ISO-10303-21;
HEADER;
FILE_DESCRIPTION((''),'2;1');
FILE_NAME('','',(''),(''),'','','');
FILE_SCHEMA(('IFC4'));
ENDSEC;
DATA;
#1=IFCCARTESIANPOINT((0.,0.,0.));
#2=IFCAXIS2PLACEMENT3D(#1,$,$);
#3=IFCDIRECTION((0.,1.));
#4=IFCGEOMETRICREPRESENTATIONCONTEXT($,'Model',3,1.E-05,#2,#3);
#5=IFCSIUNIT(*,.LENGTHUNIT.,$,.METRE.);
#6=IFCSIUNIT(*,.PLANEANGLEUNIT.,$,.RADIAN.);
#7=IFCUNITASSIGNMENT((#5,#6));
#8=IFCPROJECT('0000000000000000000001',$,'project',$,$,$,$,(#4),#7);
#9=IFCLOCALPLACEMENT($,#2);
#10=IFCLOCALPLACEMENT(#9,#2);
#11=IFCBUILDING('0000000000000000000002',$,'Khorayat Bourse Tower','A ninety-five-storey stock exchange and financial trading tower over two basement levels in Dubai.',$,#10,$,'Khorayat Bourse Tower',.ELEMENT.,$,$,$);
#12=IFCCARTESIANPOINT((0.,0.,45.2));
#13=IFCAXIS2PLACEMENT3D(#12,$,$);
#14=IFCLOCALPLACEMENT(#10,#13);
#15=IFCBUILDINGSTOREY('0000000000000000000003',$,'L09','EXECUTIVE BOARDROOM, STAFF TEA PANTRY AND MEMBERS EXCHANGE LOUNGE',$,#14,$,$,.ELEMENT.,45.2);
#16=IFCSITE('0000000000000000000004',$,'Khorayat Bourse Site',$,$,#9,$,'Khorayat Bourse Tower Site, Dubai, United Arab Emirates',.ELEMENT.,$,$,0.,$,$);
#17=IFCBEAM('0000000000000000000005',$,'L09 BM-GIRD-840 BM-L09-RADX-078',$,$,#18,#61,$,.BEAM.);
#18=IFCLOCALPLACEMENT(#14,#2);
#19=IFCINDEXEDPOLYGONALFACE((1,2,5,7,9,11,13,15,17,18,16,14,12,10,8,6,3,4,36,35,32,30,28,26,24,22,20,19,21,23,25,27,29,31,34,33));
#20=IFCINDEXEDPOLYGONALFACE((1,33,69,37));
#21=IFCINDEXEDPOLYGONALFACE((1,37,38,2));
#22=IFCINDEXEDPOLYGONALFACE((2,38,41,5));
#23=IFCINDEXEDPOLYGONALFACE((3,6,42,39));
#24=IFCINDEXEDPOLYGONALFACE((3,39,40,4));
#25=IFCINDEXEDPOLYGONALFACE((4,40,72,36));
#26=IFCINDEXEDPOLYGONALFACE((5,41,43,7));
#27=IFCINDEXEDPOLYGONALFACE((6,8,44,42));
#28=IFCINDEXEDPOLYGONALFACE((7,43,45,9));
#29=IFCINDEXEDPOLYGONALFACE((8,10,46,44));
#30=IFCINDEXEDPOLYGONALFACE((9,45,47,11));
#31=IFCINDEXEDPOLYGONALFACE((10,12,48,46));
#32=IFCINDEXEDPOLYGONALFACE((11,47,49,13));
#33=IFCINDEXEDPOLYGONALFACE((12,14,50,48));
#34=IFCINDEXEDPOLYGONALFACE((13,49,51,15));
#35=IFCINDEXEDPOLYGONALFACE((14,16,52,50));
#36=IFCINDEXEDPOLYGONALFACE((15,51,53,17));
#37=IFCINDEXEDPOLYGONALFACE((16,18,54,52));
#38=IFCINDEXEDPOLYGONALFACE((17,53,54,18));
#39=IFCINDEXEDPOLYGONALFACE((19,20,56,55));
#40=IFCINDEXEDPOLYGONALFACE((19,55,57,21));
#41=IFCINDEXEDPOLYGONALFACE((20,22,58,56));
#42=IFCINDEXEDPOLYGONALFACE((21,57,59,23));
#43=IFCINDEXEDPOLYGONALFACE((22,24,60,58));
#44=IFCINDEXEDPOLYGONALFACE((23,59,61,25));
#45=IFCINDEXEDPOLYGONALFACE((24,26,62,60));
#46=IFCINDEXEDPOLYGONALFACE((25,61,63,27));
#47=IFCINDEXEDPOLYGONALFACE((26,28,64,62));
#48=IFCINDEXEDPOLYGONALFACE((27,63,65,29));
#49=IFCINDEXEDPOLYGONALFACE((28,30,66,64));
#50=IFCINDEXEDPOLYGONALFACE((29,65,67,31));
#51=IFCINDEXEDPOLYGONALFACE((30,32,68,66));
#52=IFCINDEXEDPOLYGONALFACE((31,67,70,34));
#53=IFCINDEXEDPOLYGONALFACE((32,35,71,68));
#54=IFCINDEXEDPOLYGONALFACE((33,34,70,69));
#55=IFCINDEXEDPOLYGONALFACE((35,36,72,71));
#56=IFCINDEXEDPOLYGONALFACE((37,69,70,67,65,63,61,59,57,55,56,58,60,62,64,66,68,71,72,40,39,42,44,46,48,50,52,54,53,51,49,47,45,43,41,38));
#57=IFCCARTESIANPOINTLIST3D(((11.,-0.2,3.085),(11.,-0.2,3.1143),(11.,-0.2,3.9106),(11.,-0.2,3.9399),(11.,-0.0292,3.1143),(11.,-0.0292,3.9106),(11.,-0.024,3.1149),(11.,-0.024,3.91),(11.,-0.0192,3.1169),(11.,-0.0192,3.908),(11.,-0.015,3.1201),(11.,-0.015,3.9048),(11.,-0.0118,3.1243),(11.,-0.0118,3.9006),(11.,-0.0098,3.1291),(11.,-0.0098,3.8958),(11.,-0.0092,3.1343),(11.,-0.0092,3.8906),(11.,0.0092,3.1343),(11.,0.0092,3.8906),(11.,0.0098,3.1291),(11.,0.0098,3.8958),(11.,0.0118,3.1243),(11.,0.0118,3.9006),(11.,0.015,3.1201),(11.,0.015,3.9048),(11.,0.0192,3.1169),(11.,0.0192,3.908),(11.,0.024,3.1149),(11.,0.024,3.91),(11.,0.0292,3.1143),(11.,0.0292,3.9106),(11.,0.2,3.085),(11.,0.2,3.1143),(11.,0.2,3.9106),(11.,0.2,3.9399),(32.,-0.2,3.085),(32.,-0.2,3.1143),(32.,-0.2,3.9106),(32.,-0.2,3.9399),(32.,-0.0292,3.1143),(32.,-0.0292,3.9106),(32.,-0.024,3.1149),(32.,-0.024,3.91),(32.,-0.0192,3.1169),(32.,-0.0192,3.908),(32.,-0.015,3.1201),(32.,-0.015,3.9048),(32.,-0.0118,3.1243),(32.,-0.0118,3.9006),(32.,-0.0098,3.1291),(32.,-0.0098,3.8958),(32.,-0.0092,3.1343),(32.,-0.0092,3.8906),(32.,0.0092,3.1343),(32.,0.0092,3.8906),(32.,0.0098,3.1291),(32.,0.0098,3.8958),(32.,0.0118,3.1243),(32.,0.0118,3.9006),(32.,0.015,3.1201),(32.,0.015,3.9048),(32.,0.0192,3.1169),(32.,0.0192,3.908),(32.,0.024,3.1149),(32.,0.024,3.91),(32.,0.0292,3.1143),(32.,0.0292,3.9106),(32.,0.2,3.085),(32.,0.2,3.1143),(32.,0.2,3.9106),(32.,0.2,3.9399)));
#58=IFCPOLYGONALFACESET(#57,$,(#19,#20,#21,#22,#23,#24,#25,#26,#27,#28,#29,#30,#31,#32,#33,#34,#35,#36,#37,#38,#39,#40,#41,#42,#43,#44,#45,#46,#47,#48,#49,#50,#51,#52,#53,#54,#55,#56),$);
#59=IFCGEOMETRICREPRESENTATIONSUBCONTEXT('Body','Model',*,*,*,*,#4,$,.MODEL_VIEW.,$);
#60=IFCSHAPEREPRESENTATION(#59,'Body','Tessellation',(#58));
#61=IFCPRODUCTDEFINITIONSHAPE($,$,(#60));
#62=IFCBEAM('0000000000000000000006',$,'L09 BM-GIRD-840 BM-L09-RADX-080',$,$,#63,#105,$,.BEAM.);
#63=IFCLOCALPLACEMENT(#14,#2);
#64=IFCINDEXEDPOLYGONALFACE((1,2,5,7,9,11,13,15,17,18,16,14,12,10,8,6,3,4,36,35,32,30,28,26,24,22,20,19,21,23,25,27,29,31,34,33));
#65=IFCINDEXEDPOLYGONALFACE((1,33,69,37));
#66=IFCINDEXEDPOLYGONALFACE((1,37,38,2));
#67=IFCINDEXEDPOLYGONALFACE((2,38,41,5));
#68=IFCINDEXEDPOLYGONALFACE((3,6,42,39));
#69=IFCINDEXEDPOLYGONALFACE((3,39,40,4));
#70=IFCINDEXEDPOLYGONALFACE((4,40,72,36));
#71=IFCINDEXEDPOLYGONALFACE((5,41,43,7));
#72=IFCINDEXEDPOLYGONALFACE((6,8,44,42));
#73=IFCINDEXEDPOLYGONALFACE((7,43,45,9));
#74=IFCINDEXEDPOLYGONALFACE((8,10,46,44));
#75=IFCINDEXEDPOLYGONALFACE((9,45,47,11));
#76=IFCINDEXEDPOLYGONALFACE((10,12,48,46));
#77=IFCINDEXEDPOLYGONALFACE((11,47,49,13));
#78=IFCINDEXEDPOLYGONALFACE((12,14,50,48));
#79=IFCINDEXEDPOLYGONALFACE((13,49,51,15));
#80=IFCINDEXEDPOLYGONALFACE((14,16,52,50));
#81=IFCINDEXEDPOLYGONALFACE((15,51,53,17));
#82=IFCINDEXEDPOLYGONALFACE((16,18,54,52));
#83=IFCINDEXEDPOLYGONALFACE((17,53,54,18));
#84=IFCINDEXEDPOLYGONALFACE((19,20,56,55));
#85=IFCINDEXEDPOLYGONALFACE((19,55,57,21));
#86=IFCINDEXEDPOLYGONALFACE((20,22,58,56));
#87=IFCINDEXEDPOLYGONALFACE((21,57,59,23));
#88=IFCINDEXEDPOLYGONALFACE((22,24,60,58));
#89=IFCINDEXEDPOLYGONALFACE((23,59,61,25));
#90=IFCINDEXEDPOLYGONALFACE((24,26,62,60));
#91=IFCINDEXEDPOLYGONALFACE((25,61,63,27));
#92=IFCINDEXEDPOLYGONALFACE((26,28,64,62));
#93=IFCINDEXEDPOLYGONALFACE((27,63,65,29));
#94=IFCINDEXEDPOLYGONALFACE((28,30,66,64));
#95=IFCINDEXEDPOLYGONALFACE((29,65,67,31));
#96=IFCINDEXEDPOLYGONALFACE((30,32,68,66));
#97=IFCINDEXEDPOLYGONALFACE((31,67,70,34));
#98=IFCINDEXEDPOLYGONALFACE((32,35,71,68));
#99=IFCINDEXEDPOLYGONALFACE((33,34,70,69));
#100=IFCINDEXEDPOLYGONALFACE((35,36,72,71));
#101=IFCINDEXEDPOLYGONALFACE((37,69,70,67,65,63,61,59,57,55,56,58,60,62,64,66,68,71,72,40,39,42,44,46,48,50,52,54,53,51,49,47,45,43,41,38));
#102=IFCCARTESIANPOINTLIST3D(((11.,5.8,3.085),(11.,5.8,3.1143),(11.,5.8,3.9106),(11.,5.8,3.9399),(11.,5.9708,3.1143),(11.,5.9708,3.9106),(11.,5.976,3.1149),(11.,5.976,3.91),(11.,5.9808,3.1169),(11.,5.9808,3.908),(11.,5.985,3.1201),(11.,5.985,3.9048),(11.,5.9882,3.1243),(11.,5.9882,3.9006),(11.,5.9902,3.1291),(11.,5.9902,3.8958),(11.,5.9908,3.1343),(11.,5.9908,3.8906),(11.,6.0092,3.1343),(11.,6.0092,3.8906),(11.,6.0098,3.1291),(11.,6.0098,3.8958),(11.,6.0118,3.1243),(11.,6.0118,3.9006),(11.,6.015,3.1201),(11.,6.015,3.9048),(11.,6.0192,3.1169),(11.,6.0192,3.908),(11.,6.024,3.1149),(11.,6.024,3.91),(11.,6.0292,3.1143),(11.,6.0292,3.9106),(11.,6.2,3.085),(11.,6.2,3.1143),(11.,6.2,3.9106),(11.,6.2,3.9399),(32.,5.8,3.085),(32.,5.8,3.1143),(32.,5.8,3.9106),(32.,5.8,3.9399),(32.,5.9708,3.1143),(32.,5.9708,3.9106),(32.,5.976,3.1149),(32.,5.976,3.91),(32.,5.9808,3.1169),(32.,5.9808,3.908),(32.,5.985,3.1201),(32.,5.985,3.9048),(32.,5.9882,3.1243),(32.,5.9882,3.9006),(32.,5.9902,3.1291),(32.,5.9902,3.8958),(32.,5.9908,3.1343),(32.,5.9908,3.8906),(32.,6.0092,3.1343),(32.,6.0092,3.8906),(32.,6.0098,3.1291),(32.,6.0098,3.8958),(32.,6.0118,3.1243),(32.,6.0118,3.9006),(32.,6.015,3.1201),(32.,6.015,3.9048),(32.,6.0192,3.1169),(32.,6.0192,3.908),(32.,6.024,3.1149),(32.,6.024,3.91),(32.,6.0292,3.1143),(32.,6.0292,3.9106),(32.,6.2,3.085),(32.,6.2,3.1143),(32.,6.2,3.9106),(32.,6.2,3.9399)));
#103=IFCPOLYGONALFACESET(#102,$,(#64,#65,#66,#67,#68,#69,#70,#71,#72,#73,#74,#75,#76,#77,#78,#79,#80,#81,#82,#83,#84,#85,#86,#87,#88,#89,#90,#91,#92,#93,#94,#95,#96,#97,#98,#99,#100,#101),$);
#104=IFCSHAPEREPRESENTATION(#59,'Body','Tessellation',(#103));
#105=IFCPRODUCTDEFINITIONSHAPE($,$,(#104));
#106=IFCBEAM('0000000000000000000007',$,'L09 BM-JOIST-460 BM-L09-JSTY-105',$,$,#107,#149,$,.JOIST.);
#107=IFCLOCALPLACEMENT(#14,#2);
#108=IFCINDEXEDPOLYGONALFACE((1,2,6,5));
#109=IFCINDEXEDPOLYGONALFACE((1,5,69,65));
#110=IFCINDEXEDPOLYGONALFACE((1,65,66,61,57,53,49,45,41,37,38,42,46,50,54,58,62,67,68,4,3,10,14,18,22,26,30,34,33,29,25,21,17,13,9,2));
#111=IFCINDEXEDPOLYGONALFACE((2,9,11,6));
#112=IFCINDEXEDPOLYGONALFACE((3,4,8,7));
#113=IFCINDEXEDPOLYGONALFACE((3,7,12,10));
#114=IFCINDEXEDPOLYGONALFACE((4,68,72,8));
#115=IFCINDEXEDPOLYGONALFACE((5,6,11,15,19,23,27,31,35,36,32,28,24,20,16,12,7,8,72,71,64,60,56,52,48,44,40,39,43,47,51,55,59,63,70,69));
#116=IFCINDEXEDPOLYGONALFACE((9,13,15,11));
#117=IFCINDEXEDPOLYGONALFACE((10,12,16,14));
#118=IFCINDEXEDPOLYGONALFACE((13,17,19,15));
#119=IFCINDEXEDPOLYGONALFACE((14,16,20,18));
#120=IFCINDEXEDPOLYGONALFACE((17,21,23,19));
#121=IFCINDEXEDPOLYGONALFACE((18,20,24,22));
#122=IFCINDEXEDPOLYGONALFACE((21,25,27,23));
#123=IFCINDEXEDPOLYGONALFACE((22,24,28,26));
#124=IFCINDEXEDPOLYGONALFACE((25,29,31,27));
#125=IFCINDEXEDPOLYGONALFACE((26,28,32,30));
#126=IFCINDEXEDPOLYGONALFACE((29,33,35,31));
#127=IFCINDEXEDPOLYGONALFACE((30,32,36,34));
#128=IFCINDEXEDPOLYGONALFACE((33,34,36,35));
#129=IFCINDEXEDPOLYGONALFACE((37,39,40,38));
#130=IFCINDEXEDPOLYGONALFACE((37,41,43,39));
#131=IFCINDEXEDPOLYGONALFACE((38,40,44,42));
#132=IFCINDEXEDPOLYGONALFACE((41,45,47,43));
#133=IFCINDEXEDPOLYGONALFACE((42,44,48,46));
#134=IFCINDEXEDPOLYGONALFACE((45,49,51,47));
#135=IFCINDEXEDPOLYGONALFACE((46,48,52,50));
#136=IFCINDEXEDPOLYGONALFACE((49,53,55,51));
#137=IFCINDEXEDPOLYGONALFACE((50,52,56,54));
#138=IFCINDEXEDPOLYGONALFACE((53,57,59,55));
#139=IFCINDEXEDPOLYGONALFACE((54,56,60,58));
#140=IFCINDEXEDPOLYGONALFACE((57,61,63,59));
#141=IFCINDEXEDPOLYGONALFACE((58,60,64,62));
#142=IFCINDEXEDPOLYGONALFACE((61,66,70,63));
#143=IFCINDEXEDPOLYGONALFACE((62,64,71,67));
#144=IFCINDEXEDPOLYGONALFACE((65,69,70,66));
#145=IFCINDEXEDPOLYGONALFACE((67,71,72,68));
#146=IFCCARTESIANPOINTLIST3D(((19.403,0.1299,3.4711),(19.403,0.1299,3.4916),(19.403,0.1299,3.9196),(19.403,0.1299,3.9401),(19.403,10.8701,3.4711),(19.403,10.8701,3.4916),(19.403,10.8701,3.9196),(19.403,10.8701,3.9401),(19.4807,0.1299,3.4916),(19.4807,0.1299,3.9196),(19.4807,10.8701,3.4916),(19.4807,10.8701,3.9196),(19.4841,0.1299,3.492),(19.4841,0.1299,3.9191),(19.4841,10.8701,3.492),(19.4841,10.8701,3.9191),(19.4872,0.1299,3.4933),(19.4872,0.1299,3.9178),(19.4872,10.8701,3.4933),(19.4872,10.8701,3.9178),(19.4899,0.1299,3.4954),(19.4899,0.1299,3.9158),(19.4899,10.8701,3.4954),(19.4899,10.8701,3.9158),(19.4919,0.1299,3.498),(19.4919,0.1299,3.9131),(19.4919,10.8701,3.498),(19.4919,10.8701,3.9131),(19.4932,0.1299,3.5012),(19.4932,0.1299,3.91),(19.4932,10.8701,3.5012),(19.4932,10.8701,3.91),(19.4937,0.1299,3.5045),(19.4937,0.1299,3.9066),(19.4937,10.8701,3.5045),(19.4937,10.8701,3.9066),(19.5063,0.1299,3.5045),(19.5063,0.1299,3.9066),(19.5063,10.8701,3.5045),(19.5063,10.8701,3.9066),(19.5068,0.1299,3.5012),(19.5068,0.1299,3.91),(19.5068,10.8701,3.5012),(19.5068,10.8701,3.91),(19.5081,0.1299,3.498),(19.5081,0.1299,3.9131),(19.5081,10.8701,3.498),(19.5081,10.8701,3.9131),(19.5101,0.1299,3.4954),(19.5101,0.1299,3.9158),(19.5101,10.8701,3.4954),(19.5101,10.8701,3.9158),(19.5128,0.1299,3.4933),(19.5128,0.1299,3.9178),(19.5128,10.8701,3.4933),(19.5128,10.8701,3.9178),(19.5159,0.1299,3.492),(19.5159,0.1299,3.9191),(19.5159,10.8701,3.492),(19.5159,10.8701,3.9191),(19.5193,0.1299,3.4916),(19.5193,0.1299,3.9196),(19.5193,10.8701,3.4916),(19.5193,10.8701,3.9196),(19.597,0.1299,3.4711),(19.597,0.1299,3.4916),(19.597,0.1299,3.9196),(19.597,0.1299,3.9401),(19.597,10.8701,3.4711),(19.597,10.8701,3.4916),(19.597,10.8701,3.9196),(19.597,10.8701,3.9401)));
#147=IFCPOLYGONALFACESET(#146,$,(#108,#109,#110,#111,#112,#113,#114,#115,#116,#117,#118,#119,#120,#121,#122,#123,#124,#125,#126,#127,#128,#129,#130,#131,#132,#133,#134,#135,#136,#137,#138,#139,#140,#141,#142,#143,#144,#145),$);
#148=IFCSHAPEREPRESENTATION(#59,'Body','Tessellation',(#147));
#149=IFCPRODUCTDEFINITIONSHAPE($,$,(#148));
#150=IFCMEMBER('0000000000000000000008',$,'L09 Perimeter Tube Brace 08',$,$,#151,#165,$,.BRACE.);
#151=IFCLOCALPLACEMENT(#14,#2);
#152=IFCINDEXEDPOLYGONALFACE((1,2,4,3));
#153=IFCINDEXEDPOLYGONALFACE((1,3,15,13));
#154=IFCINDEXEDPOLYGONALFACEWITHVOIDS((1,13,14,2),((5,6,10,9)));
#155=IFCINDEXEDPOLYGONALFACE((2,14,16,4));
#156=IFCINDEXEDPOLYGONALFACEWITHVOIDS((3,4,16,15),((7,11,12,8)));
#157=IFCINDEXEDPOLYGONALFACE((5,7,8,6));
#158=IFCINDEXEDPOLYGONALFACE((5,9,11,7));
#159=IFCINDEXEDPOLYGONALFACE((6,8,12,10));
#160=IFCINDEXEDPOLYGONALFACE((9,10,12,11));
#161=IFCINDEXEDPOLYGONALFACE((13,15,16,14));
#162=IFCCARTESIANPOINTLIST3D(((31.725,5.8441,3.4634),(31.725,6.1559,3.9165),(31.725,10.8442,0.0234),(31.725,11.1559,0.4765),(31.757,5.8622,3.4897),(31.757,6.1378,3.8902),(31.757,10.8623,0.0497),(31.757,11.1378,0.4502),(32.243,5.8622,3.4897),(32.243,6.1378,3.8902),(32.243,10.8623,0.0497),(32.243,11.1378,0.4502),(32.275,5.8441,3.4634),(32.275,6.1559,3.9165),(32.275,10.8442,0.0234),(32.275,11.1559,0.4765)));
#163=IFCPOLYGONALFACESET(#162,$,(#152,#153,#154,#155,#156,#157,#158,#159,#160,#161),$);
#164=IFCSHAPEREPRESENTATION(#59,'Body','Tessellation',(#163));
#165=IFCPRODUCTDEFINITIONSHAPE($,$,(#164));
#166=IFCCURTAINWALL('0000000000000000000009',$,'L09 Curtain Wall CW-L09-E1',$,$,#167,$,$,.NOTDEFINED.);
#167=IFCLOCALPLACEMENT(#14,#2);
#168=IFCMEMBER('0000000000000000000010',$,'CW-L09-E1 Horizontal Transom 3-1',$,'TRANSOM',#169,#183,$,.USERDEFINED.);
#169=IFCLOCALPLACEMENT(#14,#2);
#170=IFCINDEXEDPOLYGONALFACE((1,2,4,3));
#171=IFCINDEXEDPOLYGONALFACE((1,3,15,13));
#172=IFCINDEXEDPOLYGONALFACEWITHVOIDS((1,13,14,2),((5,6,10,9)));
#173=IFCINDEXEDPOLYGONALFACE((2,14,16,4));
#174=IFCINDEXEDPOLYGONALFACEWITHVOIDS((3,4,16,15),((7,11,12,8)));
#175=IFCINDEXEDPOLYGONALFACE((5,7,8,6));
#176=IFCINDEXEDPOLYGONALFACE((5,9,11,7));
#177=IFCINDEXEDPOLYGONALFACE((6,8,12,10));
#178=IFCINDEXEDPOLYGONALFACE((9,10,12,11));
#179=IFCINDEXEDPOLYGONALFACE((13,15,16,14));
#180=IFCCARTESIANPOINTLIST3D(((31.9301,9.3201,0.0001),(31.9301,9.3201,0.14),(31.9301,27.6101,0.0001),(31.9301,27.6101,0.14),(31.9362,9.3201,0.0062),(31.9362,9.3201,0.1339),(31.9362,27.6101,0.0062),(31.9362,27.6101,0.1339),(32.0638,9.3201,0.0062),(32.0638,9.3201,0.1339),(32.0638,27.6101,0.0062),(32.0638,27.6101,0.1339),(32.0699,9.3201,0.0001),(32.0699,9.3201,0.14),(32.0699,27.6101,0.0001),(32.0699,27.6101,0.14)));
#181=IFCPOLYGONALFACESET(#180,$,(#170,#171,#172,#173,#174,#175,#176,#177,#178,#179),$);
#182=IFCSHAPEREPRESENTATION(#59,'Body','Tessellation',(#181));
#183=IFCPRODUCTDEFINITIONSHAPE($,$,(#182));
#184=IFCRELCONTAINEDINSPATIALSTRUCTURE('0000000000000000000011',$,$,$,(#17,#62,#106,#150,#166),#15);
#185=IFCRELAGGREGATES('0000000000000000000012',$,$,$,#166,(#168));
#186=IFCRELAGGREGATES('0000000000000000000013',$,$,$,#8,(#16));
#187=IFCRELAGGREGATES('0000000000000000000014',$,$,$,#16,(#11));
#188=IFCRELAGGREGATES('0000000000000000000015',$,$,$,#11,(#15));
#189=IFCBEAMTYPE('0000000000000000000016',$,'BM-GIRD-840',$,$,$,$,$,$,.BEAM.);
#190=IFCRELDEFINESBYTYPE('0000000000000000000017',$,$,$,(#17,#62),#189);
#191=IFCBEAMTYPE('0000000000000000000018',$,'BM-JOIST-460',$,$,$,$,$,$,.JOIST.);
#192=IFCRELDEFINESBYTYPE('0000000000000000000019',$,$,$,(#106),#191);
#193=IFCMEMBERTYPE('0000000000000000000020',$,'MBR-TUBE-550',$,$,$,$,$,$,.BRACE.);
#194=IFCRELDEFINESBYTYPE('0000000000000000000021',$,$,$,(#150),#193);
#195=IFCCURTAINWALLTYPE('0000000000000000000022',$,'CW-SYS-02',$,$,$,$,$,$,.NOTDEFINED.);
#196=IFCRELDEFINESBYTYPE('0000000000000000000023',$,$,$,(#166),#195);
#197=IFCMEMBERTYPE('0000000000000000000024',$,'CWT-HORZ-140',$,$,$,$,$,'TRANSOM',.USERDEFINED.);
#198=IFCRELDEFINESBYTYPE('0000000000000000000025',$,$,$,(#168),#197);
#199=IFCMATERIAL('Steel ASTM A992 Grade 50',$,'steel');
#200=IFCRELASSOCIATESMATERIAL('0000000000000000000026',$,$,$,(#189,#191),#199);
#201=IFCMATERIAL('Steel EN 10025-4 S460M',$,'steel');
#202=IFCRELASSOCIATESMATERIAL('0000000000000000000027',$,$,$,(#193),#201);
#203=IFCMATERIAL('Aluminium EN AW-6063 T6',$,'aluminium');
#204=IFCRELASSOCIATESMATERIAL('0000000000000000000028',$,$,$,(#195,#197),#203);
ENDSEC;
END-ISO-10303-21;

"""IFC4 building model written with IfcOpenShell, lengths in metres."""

from ifc_helpers import new_model, si_unit, direction, frame, origin, origin_2d, place, context, subcontext, project, spatial, hollow_rectangle, i_section, extrude, source, transform, mapped, material, material_profile, profile_set, type_object, element, aggregate, save


model = new_model("IFC4")

# Units and contexts
model_context = context("Model", 3, precision=1e-05, world=origin(), true_north=direction((0.0, 1.0)))
body_context = subcontext(model_context, "Body", "Model", "MODEL_VIEW")
ifc_project = project(units=[si_unit("LENGTHUNIT", "METRE"), si_unit("PLANEANGLEUNIT", "RADIAN")], contexts=[model_context])

# Site, building, storey
site_placement = place(None, origin())
site = spatial("IfcSite", under=ifc_project, at=site_placement, Name="Khorayat Bourse Site", LongName="Khorayat Bourse Tower Site, Dubai, United Arab Emirates", CompositionType="ELEMENT", RefElevation=0.0)
building_placement = place(site_placement, origin())
building = spatial("IfcBuilding", under=site, at=building_placement, Name="Khorayat Bourse Tower", Description="A ninety-five-storey stock exchange and financial trading tower over two basement levels in Dubai.", LongName="Khorayat Bourse Tower", CompositionType="ELEMENT")
storey_placement = place(building_placement, frame((0.0, 0.0, 45.2)))
storey = spatial("IfcBuildingStorey", under=building, at=storey_placement, Name="L09", Description="EXECUTIVE BOARDROOM, STAFF TEA PANTRY AND MEMBERS EXCHANGE LOUNGE", CompositionType="ELEMENT", Elevation=45.2)

# Shared definitions
ifc_material_1 = material(Name="Steel EN 10025-4 S460M", Category="steel")

# Beams
ifc_material_2 = material(Name="Steel ASTM A992 Grade 50", Category="steel")
ifc_material_profile_1 = material_profile(ifc_material_2, i_section(OverallWidth=0.3999, OverallDepth=0.855, WebThickness=0.0183, FlangeThickness=0.0293, FilletRadius=0.02, at=origin_2d()), Name="W840X299")
ifc_profile_set_1 = profile_set([ifc_material_profile_1], Name="Steel ASTM A992 Grade 50")
beam_type_1 = type_object("IfcBeamType", Name="BM-GIRD-840", PredefinedType="BEAM", material=ifc_profile_set_1)
shared_shape_1 = source(origin(), body_context, "Body", "SweptSolid", [
    extrude(i_section(OverallWidth=0.3999, OverallDepth=0.855, WebThickness=0.0183, FlangeThickness=0.0293, FilletRadius=0.02, at=origin_2d()), origin(), (0.0, 0.0, 1.0), 21.0),
])
for number, where, z_axis, x_axis, name in (
    (1, (11.0, 0.0, 3.5125), (1.0, 0.0, 0.0), (0.0, 1.0, 0.0), "L09 BM-GIRD-840 BM-L09-RADX-078"),
    (2, (11.0, 6.0, 3.5125), (1.0, 0.0, 0.0), (0.0, 1.0, 0.0), "L09 BM-GIRD-840 BM-L09-RADX-080"),
):
    element("IfcBeam", number, at=place(storey_placement, frame(where, z_axis=z_axis, x_axis=x_axis)), inside=storey, type_object=beam_type_1, Name=name, PredefinedType="BEAM", context=body_context, shape_type="MappedRepresentation", body=[
        mapped(shared_shape_1, transform((0.0, 0.0, 0.0), scale=1.0)),
    ])
ifc_material_profile_2 = material_profile(ifc_material_2, i_section(OverallWidth=0.1941, OverallDepth=0.469, WebThickness=0.0127, FlangeThickness=0.0205, FilletRadius=0.0129, at=origin_2d()), Name="W460X106")
ifc_profile_set_2 = profile_set([ifc_material_profile_2], Name="Steel ASTM A992 Grade 50")
beam_type_2 = type_object("IfcBeamType", Name="BM-JOIST-460", PredefinedType="JOIST", material=ifc_profile_set_2)
shared_shape_2 = source(origin(), body_context, "Body", "SweptSolid", [
    extrude(i_section(OverallWidth=0.1941, OverallDepth=0.469, WebThickness=0.0127, FlangeThickness=0.0205, FilletRadius=0.0129, at=origin_2d()), origin(), (0.0, 0.0, 1.0), 10.7402),
])
beam_1_placement = place(storey_placement, frame((19.5, 0.1299, 3.7056), z_axis=(0.0, 1.0, 0.0), x_axis=(-1.0, 0.0, 0.0)))
element("IfcBeam", 3, at=beam_1_placement, inside=storey, type_object=beam_type_2, Name="L09 BM-JOIST-460 BM-L09-JSTY-105", PredefinedType="JOIST", context=body_context, shape_type="MappedRepresentation", body=[
    mapped(shared_shape_2, transform((0.0, 0.0, 0.0), scale=1.0)),
])

# Member
ifc_material_profile_3 = material_profile(ifc_material_1, hollow_rectangle(XDim=0.55, YDim=0.55, WallThickness=0.032, at=origin_2d()), Name="HSS 550x550x32")
ifc_profile_set_3 = profile_set([ifc_material_profile_3], Name="Steel EN 10025-4 S460M")
member_type_1 = type_object("IfcMemberType", Name="MBR-TUBE-550", PredefinedType="BRACE", material=ifc_profile_set_3)
shared_shape_3 = source(origin(), body_context, "Body", "SweptSolid", [
    extrude(hollow_rectangle(XDim=0.55, YDim=0.55, WallThickness=0.032, at=origin_2d()), origin(), (0.0, 0.0, 1.0), 6.0691),
])
member_1_placement = place(storey_placement, frame((32.0, 6.0, 3.6899), z_axis=(0.0, 0.823854, -0.566802), x_axis=(-1.0, 0.0, 0.0)))
element("IfcMember", 4, at=member_1_placement, inside=storey, type_object=member_type_1, Name="L09 Perimeter Tube Brace 08", PredefinedType="BRACE", context=body_context, shape_type="MappedRepresentation", body=[
    mapped(shared_shape_3, transform((0.0, 0.0, 0.0), scale=1.0)),
])

# Curtain wall, member
ifc_material_3 = material(Name="Aluminium EN AW-6063 T6", Category="aluminium")
curtain_wall_type = type_object("IfcCurtainWallType", Name="CW-SYS-02", PredefinedType="NOTDEFINED", material=ifc_material_3)
curtain_wall_placement = place(storey_placement, origin())
curtain_wall = element("IfcCurtainWall", 5, at=curtain_wall_placement, inside=storey, type_object=curtain_wall_type, Name="L09 Curtain Wall CW-L09-E1", PredefinedType="NOTDEFINED")
ifc_material_profile_4 = material_profile(ifc_material_3, hollow_rectangle(XDim=0.1399, YDim=0.1399, WallThickness=0.0061, at=origin_2d()), Name="ALU 140x140x6")
ifc_profile_set_4 = profile_set([ifc_material_profile_4], Name="Aluminium EN AW-6063 T6")
member_type_2 = type_object("IfcMemberType", Name="CWT-HORZ-140", ElementType="TRANSOM", PredefinedType="USERDEFINED", material=ifc_profile_set_4)
shared_shape_4 = source(origin(), body_context, "Body", "SweptSolid", [
    extrude(hollow_rectangle(XDim=0.1399, YDim=0.1399, WallThickness=0.0061, at=origin_2d()), origin(), (0.0, 0.0, 1.0), 18.29),
])
member_2_placement = place(storey_placement, frame((32.0, 9.3201, 0.0701), z_axis=(0.0, 1.0, 0.0), x_axis=(-1.0, 0.0, 0.0)))
member_2 = element("IfcMember", 6, at=member_2_placement, type_object=member_type_2, Name="CW-L09-E1 Horizontal Transom 3-1", ObjectType="TRANSOM", PredefinedType="USERDEFINED", context=body_context, shape_type="MappedRepresentation", body=[
    mapped(shared_shape_4, transform((0.0, 0.0, 0.0), scale=1.0)),
])

aggregate(curtain_wall, [member_2])

save(model, "model.ifc")
